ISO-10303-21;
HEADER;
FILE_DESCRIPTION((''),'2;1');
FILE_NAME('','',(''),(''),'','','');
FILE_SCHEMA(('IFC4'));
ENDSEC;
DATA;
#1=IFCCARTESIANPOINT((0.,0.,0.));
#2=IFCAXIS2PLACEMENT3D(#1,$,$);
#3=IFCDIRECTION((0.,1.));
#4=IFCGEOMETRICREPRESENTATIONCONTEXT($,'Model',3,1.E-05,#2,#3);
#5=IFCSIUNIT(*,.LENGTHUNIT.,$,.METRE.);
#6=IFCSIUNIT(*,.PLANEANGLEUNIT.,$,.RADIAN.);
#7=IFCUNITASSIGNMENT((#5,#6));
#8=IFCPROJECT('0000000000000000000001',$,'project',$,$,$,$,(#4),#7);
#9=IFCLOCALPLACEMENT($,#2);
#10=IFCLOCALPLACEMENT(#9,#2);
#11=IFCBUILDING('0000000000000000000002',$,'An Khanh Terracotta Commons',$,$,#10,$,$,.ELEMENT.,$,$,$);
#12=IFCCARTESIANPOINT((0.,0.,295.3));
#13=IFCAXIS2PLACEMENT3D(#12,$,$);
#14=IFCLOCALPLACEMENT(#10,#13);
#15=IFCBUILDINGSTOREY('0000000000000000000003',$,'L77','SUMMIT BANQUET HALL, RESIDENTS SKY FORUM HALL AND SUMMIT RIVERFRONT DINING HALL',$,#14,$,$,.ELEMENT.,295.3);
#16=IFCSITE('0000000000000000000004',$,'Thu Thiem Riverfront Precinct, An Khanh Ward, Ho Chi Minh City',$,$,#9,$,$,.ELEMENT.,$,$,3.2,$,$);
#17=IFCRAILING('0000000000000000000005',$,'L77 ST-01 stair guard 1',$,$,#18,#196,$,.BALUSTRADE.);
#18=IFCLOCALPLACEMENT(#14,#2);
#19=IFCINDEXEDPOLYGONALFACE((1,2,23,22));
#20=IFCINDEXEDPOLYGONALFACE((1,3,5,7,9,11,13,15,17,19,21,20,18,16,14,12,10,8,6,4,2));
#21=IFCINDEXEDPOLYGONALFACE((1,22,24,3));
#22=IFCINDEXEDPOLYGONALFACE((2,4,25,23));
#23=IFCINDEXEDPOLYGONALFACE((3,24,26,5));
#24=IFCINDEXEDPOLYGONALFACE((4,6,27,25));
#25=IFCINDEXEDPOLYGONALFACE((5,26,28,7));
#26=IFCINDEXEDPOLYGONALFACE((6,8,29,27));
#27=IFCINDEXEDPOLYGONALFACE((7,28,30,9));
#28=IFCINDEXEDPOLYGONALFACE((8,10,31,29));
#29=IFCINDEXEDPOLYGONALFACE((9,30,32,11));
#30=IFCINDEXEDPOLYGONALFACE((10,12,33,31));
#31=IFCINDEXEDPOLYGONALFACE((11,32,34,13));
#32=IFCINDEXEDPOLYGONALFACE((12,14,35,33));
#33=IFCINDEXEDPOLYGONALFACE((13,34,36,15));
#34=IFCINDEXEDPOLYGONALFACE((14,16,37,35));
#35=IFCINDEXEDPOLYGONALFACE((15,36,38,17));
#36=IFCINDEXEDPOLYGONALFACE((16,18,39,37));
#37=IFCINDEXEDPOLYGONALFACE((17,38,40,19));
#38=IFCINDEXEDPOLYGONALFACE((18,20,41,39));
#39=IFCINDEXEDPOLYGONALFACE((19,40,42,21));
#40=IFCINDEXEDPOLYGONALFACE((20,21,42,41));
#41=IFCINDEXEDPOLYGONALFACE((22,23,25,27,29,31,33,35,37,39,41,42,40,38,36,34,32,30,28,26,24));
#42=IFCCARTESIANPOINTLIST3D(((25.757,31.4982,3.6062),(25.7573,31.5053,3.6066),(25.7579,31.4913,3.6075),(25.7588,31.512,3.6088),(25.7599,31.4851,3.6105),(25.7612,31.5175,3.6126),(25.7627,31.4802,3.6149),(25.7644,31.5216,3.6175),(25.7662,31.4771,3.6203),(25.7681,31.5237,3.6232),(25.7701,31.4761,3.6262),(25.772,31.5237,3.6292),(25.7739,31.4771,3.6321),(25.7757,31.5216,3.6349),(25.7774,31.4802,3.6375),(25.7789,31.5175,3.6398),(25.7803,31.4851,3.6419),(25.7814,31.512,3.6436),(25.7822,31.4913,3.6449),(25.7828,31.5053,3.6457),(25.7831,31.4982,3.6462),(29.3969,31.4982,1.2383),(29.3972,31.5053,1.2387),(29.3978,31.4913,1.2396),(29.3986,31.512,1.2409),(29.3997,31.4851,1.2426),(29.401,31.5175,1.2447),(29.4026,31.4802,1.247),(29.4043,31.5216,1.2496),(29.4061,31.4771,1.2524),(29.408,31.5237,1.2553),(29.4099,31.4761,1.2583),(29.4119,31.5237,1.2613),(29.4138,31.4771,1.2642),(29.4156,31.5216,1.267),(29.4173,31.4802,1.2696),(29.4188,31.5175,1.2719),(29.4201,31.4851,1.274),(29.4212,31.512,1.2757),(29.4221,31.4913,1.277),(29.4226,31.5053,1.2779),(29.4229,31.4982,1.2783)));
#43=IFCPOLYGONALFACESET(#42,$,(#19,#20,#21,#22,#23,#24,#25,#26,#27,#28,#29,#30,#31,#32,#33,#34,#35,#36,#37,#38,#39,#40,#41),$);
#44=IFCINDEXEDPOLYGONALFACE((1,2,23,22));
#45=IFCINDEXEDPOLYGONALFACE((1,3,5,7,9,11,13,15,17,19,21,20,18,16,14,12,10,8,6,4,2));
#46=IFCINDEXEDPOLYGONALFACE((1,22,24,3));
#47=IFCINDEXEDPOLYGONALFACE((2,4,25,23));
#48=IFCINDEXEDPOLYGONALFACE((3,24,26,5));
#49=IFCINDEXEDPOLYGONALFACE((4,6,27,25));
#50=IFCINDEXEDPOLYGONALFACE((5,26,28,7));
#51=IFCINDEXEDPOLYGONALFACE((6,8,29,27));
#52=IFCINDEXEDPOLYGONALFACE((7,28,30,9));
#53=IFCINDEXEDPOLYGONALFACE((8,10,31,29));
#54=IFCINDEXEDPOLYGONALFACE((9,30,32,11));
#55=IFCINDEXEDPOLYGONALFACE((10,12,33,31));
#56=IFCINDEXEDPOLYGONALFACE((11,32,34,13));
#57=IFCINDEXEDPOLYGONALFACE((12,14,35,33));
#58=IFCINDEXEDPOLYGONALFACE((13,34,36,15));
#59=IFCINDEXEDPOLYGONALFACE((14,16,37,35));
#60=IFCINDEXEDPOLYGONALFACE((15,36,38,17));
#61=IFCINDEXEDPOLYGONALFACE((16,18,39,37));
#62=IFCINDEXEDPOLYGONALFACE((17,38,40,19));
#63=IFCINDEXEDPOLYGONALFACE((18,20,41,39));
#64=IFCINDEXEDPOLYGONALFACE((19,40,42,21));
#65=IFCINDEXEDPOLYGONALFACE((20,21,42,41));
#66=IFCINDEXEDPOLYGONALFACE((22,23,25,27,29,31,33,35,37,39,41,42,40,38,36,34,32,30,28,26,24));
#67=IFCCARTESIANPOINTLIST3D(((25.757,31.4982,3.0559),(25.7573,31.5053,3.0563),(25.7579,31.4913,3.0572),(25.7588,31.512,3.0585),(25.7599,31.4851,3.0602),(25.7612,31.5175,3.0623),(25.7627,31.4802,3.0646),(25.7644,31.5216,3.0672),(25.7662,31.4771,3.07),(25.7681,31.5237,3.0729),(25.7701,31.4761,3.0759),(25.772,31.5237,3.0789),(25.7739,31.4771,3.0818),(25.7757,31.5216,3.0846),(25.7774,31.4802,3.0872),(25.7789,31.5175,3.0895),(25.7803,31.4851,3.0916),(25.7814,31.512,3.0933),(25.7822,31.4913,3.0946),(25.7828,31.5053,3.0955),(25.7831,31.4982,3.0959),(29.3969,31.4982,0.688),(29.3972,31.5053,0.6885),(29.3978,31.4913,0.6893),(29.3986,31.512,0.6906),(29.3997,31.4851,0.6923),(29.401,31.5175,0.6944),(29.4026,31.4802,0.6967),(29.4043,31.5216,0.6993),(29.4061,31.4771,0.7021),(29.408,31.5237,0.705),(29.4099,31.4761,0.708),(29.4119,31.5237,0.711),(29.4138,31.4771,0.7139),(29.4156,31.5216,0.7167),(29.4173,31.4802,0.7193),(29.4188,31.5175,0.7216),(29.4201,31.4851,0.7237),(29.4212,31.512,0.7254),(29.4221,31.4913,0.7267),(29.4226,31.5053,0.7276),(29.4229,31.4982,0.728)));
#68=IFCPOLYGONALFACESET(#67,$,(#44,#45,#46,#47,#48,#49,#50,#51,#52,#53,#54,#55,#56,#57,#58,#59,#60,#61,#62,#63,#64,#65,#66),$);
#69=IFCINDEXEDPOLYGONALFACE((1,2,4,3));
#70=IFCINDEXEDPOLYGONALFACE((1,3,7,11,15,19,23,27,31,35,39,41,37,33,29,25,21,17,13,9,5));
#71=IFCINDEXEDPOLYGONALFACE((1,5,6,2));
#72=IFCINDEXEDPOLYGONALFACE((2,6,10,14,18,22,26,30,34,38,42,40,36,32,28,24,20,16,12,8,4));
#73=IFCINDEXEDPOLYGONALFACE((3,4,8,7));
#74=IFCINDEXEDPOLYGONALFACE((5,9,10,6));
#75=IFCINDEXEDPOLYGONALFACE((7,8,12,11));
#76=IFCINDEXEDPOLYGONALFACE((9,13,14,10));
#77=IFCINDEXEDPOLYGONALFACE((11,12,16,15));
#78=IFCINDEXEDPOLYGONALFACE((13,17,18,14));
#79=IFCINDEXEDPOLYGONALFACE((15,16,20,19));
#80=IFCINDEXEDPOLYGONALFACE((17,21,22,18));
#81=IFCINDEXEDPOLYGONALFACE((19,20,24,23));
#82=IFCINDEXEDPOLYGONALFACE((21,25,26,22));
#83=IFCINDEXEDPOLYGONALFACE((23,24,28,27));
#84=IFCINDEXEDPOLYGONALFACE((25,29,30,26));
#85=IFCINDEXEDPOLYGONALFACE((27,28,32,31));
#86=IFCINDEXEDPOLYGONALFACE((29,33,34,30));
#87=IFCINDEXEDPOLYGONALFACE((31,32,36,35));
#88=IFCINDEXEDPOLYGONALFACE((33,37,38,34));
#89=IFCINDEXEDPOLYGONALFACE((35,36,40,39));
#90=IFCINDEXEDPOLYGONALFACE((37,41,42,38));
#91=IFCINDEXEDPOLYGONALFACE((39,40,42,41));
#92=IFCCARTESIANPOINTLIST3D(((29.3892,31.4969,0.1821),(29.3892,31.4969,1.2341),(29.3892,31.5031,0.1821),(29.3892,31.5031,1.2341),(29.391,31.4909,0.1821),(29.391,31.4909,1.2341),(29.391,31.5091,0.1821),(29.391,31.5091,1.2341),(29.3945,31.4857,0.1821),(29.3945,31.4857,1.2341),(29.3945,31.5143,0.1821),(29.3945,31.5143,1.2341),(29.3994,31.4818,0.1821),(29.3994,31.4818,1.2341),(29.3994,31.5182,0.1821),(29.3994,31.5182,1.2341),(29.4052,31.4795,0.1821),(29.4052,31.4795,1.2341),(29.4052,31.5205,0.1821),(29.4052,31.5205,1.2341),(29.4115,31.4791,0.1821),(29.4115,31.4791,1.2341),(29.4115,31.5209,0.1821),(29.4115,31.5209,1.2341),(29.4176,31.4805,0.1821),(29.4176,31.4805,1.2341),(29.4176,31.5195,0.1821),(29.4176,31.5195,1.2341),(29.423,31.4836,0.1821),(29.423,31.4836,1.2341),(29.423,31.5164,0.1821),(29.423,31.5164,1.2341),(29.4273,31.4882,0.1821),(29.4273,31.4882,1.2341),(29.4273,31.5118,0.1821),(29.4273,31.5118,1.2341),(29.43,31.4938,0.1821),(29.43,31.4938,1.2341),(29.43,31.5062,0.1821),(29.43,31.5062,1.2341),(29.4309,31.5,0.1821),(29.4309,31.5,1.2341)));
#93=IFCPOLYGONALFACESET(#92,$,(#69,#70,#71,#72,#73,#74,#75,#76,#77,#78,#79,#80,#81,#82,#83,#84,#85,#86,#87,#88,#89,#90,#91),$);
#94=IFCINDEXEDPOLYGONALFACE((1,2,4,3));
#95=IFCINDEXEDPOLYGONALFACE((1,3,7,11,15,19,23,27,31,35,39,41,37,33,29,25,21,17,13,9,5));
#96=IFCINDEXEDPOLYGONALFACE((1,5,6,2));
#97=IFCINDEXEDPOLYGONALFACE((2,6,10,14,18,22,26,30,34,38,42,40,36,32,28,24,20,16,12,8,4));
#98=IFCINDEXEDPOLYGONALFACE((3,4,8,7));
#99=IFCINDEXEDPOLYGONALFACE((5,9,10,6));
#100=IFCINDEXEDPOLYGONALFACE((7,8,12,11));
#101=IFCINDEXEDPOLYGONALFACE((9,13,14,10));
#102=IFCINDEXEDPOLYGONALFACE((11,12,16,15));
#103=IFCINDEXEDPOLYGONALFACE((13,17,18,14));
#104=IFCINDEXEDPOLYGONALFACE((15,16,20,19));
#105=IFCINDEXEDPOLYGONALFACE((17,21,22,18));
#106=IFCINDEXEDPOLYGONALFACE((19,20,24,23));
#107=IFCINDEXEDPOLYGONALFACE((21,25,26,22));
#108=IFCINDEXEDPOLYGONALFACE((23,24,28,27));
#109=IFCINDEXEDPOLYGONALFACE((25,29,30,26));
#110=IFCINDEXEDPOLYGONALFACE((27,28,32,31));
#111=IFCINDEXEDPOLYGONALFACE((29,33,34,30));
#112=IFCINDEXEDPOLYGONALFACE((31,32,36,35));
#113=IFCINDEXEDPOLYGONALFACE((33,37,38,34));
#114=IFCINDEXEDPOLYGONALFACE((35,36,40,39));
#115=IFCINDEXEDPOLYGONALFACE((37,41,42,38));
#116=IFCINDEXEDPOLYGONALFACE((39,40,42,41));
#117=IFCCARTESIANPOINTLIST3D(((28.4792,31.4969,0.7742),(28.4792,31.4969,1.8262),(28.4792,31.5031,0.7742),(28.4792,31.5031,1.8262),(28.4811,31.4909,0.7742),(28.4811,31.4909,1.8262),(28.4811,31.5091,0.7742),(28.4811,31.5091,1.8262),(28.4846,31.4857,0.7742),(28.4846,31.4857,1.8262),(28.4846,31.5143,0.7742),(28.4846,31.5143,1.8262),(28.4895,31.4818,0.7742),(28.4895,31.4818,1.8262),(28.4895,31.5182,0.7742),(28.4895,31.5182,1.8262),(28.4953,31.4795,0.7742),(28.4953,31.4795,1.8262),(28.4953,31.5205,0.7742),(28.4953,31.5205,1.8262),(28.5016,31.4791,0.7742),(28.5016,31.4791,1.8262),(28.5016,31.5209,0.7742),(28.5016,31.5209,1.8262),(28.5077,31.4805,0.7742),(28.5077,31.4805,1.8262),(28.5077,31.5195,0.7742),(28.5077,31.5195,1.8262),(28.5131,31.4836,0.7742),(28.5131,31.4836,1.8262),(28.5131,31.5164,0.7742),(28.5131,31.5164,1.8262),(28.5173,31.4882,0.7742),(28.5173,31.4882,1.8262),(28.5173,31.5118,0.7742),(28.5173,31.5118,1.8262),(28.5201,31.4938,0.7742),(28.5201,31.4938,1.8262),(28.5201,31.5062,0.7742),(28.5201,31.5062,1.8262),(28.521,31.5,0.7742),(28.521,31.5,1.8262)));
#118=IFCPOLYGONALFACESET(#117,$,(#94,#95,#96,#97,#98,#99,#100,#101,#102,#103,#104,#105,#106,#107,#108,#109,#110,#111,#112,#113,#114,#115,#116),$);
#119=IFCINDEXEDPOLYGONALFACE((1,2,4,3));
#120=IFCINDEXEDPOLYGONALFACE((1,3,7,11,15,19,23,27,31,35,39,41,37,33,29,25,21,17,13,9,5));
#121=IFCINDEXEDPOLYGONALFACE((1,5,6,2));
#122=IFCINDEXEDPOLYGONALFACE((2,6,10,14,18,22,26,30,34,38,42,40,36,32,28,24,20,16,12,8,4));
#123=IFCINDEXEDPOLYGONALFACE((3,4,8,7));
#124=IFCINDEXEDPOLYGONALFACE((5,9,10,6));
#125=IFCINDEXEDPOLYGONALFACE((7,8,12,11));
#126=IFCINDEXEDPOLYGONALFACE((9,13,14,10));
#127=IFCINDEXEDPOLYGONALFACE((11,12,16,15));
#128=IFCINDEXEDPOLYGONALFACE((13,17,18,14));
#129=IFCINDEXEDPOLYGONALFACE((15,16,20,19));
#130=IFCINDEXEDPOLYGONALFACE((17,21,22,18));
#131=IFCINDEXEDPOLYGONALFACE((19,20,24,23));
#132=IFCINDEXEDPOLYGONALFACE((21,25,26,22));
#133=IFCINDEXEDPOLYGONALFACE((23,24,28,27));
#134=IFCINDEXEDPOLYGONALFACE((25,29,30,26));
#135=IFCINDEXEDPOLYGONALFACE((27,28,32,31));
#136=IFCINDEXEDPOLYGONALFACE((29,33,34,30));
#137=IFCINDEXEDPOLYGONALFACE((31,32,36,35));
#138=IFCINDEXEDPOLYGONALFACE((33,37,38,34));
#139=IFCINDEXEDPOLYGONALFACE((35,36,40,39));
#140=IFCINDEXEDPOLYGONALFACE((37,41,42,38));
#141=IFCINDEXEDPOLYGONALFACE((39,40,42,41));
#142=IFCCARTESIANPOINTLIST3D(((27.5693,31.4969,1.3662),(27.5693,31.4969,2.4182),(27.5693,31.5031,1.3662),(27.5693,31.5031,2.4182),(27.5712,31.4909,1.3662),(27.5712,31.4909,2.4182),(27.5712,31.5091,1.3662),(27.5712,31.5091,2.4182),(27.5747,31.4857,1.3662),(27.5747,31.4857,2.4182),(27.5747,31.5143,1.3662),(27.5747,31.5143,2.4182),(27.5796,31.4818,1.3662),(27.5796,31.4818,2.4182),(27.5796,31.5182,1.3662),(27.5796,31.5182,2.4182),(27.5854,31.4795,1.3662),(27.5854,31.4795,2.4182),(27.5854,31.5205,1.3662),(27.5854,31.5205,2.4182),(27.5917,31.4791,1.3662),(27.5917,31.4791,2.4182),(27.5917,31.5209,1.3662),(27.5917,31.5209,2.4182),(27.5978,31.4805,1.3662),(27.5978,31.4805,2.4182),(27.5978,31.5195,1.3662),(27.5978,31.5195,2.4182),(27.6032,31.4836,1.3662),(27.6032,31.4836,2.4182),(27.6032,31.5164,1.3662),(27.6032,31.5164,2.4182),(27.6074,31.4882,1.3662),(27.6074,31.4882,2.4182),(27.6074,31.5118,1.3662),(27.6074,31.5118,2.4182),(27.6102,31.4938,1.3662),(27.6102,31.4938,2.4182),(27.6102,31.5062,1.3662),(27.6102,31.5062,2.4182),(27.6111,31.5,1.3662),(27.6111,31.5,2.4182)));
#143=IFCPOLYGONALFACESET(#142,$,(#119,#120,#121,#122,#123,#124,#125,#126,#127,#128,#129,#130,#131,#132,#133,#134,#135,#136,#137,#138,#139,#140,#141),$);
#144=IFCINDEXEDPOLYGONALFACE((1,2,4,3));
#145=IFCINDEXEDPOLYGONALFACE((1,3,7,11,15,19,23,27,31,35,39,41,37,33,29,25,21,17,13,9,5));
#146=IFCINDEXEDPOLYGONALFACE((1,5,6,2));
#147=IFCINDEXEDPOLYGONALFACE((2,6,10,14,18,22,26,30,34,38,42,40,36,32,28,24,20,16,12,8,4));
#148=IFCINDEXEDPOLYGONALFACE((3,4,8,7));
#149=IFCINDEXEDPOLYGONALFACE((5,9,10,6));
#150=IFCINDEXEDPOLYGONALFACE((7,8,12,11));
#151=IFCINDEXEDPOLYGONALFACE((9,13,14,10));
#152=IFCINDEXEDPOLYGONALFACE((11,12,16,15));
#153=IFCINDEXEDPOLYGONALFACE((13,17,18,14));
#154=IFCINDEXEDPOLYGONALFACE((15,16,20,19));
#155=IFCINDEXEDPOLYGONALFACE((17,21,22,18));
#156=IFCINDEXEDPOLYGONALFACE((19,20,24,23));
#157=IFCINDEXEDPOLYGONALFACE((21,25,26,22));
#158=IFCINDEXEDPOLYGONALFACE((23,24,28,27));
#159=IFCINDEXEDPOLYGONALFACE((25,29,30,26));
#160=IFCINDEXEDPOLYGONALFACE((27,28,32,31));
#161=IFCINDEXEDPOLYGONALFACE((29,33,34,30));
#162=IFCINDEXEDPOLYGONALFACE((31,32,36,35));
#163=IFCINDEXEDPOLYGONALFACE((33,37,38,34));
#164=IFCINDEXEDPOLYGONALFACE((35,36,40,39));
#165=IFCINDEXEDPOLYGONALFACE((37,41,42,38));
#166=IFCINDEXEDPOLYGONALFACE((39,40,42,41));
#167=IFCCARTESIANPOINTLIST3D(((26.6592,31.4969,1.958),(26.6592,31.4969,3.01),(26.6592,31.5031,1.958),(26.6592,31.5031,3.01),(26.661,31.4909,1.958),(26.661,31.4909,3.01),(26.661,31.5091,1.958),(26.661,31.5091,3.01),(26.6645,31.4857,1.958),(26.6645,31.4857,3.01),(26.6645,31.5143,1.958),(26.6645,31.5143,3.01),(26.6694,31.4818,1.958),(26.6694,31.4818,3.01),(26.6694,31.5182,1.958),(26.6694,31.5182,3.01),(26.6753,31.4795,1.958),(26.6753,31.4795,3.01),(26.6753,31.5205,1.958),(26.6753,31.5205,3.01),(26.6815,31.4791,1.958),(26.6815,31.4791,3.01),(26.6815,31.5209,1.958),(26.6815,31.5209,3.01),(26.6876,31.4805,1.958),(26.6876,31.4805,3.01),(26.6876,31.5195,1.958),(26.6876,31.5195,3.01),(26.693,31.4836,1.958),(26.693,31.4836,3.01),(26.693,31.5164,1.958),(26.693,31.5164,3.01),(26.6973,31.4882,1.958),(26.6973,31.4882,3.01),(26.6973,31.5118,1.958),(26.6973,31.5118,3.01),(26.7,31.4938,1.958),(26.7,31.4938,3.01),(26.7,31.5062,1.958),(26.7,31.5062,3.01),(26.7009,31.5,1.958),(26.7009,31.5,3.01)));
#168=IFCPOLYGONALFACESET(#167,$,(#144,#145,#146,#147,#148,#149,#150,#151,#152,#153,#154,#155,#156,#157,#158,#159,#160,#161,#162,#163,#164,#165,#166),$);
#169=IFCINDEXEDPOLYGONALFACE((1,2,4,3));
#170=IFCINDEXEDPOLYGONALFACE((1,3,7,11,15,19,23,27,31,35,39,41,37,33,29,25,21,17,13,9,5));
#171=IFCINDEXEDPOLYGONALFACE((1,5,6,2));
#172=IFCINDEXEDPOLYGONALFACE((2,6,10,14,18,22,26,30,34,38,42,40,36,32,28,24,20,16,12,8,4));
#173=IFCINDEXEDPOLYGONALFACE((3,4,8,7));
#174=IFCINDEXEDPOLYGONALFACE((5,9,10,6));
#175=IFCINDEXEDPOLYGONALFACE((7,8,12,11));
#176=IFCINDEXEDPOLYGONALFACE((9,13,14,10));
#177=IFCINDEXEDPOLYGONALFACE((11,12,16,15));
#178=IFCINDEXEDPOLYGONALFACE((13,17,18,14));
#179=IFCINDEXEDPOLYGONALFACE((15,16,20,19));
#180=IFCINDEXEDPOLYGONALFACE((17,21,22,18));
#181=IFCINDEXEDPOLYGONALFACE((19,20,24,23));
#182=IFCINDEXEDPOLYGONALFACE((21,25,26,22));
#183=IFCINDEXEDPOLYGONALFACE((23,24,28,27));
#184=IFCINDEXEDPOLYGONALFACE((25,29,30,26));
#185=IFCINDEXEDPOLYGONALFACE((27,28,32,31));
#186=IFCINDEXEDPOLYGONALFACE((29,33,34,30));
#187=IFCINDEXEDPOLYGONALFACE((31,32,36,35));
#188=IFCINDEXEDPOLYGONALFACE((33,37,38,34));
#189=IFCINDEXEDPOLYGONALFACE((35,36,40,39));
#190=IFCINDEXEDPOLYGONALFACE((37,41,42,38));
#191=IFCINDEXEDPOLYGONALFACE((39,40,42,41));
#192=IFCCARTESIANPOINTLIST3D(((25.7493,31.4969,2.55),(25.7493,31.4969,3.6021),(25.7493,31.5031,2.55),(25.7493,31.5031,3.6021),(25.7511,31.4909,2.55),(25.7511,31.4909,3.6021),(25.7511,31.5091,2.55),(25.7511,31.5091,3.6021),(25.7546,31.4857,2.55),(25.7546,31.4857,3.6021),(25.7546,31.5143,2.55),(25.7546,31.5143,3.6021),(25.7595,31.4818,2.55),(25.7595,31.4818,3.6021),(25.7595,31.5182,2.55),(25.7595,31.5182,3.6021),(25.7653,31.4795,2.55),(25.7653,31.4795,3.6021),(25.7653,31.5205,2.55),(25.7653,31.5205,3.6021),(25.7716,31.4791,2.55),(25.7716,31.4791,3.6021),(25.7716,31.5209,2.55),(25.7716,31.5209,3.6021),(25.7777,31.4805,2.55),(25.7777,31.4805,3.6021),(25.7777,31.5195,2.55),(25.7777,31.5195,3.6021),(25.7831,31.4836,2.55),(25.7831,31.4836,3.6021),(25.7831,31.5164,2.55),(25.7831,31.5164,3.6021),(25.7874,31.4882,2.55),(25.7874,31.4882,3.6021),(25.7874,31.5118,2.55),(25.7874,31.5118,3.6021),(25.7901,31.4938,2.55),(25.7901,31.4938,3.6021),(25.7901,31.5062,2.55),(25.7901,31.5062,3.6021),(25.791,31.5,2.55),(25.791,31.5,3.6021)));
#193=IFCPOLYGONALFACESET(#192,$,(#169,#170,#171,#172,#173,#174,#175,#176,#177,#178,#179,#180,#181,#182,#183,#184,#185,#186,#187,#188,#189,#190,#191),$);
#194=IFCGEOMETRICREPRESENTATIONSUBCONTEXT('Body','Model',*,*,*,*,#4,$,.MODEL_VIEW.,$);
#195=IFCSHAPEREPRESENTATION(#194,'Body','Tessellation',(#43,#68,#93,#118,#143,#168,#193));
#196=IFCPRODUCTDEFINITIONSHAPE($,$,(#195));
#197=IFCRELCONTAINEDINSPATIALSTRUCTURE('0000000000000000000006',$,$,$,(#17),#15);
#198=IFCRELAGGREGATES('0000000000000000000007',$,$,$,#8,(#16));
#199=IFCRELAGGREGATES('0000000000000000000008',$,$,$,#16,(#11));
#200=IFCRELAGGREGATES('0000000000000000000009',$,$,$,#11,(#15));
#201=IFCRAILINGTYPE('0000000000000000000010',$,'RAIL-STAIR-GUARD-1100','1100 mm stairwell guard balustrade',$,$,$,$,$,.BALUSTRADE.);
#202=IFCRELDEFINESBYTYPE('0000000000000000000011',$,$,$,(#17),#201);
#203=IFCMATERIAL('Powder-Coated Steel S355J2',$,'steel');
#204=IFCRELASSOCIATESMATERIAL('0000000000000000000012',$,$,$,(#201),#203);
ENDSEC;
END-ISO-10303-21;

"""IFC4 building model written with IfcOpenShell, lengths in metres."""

from ifc_helpers import new_model, si_unit, direction, frame, origin, origin_2d, place, context, subcontext, project, spatial, circle, extrude, material, type_object, element, save


model = new_model("IFC4")

# Units and contexts
model_context = context("Model", 3, precision=1e-05, world=origin(), true_north=direction((0.0, 1.0)))
body_context = subcontext(model_context, "Body", "Model", "MODEL_VIEW")
ifc_project = project(units=[si_unit("LENGTHUNIT", "METRE"), si_unit("PLANEANGLEUNIT", "RADIAN")], contexts=[model_context])

# Site, building, storey
site_placement = place(None, origin())
site = spatial("IfcSite", under=ifc_project, at=site_placement, Name="Thu Thiem Riverfront Precinct, An Khanh Ward, Ho Chi Minh City", CompositionType="ELEMENT", RefElevation=3.2)
building_placement = place(site_placement, origin())
building = spatial("IfcBuilding", under=site, at=building_placement, Name="An Khanh Terracotta Commons", CompositionType="ELEMENT")
storey_placement = place(building_placement, frame((0.0, 0.0, 295.3)))
storey = spatial("IfcBuildingStorey", under=building, at=storey_placement, Name="L77", Description="SUMMIT BANQUET HALL, RESIDENTS SKY FORUM HALL AND SUMMIT RIVERFRONT DINING HALL", CompositionType="ELEMENT", Elevation=295.3)

# Railing
ifc_material_1 = material(Name="Powder-Coated Steel S355J2", Category="steel")
railing_type_1 = type_object("IfcRailingType", Name="RAIL-STAIR-GUARD-1100", Description="1100 mm stairwell guard balustrade", PredefinedType="BALUSTRADE", material=ifc_material_1)
railing_1_placement = place(storey_placement, frame((29.4099, 31.5, 0.1821)))
element("IfcRailing", 1, at=railing_1_placement, inside=storey, type_object=railing_type_1, Name="L77 ST-01 stair guard 1", PredefinedType="BALUSTRADE", context=body_context, shape_type="SweptSolid", body=[
    extrude(circle(Radius=0.0239, at=origin_2d()), frame((0.0, 0.0, 1.0762), z_axis=(-0.838234, 0.0, 0.54531), x_axis=(0.0, -1.0, 0.0)), (0.0, 0.0, 1.0), 4.3423),
    extrude(circle(Radius=0.0239, at=origin_2d()), frame((0.0, 0.0, 0.5259), z_axis=(-0.838234, 0.0, 0.54531), x_axis=(0.0, -1.0, 0.0)), (0.0, 0.0, 1.0), 4.3423),
    extrude(circle(Radius=0.021, at=origin_2d()), origin(), (0.0, 0.0, 1.0), 1.052),
    extrude(circle(Radius=0.021, at=origin_2d()), frame((-0.9099, 0.0, 0.592)), (0.0, 0.0, 1.0), 1.052),
    extrude(circle(Radius=0.021, at=origin_2d()), frame((-1.8198, 0.0, 1.1841)), (0.0, 0.0, 1.0), 1.052),
    extrude(circle(Radius=0.021, at=origin_2d()), frame((-2.73, 0.0, 1.7759)), (0.0, 0.0, 1.0), 1.052),
    extrude(circle(Radius=0.021, at=origin_2d()), frame((-3.6399, 0.0, 2.3679)), (0.0, 0.0, 1.0), 1.052),
])

save(model, "model.ifc")
